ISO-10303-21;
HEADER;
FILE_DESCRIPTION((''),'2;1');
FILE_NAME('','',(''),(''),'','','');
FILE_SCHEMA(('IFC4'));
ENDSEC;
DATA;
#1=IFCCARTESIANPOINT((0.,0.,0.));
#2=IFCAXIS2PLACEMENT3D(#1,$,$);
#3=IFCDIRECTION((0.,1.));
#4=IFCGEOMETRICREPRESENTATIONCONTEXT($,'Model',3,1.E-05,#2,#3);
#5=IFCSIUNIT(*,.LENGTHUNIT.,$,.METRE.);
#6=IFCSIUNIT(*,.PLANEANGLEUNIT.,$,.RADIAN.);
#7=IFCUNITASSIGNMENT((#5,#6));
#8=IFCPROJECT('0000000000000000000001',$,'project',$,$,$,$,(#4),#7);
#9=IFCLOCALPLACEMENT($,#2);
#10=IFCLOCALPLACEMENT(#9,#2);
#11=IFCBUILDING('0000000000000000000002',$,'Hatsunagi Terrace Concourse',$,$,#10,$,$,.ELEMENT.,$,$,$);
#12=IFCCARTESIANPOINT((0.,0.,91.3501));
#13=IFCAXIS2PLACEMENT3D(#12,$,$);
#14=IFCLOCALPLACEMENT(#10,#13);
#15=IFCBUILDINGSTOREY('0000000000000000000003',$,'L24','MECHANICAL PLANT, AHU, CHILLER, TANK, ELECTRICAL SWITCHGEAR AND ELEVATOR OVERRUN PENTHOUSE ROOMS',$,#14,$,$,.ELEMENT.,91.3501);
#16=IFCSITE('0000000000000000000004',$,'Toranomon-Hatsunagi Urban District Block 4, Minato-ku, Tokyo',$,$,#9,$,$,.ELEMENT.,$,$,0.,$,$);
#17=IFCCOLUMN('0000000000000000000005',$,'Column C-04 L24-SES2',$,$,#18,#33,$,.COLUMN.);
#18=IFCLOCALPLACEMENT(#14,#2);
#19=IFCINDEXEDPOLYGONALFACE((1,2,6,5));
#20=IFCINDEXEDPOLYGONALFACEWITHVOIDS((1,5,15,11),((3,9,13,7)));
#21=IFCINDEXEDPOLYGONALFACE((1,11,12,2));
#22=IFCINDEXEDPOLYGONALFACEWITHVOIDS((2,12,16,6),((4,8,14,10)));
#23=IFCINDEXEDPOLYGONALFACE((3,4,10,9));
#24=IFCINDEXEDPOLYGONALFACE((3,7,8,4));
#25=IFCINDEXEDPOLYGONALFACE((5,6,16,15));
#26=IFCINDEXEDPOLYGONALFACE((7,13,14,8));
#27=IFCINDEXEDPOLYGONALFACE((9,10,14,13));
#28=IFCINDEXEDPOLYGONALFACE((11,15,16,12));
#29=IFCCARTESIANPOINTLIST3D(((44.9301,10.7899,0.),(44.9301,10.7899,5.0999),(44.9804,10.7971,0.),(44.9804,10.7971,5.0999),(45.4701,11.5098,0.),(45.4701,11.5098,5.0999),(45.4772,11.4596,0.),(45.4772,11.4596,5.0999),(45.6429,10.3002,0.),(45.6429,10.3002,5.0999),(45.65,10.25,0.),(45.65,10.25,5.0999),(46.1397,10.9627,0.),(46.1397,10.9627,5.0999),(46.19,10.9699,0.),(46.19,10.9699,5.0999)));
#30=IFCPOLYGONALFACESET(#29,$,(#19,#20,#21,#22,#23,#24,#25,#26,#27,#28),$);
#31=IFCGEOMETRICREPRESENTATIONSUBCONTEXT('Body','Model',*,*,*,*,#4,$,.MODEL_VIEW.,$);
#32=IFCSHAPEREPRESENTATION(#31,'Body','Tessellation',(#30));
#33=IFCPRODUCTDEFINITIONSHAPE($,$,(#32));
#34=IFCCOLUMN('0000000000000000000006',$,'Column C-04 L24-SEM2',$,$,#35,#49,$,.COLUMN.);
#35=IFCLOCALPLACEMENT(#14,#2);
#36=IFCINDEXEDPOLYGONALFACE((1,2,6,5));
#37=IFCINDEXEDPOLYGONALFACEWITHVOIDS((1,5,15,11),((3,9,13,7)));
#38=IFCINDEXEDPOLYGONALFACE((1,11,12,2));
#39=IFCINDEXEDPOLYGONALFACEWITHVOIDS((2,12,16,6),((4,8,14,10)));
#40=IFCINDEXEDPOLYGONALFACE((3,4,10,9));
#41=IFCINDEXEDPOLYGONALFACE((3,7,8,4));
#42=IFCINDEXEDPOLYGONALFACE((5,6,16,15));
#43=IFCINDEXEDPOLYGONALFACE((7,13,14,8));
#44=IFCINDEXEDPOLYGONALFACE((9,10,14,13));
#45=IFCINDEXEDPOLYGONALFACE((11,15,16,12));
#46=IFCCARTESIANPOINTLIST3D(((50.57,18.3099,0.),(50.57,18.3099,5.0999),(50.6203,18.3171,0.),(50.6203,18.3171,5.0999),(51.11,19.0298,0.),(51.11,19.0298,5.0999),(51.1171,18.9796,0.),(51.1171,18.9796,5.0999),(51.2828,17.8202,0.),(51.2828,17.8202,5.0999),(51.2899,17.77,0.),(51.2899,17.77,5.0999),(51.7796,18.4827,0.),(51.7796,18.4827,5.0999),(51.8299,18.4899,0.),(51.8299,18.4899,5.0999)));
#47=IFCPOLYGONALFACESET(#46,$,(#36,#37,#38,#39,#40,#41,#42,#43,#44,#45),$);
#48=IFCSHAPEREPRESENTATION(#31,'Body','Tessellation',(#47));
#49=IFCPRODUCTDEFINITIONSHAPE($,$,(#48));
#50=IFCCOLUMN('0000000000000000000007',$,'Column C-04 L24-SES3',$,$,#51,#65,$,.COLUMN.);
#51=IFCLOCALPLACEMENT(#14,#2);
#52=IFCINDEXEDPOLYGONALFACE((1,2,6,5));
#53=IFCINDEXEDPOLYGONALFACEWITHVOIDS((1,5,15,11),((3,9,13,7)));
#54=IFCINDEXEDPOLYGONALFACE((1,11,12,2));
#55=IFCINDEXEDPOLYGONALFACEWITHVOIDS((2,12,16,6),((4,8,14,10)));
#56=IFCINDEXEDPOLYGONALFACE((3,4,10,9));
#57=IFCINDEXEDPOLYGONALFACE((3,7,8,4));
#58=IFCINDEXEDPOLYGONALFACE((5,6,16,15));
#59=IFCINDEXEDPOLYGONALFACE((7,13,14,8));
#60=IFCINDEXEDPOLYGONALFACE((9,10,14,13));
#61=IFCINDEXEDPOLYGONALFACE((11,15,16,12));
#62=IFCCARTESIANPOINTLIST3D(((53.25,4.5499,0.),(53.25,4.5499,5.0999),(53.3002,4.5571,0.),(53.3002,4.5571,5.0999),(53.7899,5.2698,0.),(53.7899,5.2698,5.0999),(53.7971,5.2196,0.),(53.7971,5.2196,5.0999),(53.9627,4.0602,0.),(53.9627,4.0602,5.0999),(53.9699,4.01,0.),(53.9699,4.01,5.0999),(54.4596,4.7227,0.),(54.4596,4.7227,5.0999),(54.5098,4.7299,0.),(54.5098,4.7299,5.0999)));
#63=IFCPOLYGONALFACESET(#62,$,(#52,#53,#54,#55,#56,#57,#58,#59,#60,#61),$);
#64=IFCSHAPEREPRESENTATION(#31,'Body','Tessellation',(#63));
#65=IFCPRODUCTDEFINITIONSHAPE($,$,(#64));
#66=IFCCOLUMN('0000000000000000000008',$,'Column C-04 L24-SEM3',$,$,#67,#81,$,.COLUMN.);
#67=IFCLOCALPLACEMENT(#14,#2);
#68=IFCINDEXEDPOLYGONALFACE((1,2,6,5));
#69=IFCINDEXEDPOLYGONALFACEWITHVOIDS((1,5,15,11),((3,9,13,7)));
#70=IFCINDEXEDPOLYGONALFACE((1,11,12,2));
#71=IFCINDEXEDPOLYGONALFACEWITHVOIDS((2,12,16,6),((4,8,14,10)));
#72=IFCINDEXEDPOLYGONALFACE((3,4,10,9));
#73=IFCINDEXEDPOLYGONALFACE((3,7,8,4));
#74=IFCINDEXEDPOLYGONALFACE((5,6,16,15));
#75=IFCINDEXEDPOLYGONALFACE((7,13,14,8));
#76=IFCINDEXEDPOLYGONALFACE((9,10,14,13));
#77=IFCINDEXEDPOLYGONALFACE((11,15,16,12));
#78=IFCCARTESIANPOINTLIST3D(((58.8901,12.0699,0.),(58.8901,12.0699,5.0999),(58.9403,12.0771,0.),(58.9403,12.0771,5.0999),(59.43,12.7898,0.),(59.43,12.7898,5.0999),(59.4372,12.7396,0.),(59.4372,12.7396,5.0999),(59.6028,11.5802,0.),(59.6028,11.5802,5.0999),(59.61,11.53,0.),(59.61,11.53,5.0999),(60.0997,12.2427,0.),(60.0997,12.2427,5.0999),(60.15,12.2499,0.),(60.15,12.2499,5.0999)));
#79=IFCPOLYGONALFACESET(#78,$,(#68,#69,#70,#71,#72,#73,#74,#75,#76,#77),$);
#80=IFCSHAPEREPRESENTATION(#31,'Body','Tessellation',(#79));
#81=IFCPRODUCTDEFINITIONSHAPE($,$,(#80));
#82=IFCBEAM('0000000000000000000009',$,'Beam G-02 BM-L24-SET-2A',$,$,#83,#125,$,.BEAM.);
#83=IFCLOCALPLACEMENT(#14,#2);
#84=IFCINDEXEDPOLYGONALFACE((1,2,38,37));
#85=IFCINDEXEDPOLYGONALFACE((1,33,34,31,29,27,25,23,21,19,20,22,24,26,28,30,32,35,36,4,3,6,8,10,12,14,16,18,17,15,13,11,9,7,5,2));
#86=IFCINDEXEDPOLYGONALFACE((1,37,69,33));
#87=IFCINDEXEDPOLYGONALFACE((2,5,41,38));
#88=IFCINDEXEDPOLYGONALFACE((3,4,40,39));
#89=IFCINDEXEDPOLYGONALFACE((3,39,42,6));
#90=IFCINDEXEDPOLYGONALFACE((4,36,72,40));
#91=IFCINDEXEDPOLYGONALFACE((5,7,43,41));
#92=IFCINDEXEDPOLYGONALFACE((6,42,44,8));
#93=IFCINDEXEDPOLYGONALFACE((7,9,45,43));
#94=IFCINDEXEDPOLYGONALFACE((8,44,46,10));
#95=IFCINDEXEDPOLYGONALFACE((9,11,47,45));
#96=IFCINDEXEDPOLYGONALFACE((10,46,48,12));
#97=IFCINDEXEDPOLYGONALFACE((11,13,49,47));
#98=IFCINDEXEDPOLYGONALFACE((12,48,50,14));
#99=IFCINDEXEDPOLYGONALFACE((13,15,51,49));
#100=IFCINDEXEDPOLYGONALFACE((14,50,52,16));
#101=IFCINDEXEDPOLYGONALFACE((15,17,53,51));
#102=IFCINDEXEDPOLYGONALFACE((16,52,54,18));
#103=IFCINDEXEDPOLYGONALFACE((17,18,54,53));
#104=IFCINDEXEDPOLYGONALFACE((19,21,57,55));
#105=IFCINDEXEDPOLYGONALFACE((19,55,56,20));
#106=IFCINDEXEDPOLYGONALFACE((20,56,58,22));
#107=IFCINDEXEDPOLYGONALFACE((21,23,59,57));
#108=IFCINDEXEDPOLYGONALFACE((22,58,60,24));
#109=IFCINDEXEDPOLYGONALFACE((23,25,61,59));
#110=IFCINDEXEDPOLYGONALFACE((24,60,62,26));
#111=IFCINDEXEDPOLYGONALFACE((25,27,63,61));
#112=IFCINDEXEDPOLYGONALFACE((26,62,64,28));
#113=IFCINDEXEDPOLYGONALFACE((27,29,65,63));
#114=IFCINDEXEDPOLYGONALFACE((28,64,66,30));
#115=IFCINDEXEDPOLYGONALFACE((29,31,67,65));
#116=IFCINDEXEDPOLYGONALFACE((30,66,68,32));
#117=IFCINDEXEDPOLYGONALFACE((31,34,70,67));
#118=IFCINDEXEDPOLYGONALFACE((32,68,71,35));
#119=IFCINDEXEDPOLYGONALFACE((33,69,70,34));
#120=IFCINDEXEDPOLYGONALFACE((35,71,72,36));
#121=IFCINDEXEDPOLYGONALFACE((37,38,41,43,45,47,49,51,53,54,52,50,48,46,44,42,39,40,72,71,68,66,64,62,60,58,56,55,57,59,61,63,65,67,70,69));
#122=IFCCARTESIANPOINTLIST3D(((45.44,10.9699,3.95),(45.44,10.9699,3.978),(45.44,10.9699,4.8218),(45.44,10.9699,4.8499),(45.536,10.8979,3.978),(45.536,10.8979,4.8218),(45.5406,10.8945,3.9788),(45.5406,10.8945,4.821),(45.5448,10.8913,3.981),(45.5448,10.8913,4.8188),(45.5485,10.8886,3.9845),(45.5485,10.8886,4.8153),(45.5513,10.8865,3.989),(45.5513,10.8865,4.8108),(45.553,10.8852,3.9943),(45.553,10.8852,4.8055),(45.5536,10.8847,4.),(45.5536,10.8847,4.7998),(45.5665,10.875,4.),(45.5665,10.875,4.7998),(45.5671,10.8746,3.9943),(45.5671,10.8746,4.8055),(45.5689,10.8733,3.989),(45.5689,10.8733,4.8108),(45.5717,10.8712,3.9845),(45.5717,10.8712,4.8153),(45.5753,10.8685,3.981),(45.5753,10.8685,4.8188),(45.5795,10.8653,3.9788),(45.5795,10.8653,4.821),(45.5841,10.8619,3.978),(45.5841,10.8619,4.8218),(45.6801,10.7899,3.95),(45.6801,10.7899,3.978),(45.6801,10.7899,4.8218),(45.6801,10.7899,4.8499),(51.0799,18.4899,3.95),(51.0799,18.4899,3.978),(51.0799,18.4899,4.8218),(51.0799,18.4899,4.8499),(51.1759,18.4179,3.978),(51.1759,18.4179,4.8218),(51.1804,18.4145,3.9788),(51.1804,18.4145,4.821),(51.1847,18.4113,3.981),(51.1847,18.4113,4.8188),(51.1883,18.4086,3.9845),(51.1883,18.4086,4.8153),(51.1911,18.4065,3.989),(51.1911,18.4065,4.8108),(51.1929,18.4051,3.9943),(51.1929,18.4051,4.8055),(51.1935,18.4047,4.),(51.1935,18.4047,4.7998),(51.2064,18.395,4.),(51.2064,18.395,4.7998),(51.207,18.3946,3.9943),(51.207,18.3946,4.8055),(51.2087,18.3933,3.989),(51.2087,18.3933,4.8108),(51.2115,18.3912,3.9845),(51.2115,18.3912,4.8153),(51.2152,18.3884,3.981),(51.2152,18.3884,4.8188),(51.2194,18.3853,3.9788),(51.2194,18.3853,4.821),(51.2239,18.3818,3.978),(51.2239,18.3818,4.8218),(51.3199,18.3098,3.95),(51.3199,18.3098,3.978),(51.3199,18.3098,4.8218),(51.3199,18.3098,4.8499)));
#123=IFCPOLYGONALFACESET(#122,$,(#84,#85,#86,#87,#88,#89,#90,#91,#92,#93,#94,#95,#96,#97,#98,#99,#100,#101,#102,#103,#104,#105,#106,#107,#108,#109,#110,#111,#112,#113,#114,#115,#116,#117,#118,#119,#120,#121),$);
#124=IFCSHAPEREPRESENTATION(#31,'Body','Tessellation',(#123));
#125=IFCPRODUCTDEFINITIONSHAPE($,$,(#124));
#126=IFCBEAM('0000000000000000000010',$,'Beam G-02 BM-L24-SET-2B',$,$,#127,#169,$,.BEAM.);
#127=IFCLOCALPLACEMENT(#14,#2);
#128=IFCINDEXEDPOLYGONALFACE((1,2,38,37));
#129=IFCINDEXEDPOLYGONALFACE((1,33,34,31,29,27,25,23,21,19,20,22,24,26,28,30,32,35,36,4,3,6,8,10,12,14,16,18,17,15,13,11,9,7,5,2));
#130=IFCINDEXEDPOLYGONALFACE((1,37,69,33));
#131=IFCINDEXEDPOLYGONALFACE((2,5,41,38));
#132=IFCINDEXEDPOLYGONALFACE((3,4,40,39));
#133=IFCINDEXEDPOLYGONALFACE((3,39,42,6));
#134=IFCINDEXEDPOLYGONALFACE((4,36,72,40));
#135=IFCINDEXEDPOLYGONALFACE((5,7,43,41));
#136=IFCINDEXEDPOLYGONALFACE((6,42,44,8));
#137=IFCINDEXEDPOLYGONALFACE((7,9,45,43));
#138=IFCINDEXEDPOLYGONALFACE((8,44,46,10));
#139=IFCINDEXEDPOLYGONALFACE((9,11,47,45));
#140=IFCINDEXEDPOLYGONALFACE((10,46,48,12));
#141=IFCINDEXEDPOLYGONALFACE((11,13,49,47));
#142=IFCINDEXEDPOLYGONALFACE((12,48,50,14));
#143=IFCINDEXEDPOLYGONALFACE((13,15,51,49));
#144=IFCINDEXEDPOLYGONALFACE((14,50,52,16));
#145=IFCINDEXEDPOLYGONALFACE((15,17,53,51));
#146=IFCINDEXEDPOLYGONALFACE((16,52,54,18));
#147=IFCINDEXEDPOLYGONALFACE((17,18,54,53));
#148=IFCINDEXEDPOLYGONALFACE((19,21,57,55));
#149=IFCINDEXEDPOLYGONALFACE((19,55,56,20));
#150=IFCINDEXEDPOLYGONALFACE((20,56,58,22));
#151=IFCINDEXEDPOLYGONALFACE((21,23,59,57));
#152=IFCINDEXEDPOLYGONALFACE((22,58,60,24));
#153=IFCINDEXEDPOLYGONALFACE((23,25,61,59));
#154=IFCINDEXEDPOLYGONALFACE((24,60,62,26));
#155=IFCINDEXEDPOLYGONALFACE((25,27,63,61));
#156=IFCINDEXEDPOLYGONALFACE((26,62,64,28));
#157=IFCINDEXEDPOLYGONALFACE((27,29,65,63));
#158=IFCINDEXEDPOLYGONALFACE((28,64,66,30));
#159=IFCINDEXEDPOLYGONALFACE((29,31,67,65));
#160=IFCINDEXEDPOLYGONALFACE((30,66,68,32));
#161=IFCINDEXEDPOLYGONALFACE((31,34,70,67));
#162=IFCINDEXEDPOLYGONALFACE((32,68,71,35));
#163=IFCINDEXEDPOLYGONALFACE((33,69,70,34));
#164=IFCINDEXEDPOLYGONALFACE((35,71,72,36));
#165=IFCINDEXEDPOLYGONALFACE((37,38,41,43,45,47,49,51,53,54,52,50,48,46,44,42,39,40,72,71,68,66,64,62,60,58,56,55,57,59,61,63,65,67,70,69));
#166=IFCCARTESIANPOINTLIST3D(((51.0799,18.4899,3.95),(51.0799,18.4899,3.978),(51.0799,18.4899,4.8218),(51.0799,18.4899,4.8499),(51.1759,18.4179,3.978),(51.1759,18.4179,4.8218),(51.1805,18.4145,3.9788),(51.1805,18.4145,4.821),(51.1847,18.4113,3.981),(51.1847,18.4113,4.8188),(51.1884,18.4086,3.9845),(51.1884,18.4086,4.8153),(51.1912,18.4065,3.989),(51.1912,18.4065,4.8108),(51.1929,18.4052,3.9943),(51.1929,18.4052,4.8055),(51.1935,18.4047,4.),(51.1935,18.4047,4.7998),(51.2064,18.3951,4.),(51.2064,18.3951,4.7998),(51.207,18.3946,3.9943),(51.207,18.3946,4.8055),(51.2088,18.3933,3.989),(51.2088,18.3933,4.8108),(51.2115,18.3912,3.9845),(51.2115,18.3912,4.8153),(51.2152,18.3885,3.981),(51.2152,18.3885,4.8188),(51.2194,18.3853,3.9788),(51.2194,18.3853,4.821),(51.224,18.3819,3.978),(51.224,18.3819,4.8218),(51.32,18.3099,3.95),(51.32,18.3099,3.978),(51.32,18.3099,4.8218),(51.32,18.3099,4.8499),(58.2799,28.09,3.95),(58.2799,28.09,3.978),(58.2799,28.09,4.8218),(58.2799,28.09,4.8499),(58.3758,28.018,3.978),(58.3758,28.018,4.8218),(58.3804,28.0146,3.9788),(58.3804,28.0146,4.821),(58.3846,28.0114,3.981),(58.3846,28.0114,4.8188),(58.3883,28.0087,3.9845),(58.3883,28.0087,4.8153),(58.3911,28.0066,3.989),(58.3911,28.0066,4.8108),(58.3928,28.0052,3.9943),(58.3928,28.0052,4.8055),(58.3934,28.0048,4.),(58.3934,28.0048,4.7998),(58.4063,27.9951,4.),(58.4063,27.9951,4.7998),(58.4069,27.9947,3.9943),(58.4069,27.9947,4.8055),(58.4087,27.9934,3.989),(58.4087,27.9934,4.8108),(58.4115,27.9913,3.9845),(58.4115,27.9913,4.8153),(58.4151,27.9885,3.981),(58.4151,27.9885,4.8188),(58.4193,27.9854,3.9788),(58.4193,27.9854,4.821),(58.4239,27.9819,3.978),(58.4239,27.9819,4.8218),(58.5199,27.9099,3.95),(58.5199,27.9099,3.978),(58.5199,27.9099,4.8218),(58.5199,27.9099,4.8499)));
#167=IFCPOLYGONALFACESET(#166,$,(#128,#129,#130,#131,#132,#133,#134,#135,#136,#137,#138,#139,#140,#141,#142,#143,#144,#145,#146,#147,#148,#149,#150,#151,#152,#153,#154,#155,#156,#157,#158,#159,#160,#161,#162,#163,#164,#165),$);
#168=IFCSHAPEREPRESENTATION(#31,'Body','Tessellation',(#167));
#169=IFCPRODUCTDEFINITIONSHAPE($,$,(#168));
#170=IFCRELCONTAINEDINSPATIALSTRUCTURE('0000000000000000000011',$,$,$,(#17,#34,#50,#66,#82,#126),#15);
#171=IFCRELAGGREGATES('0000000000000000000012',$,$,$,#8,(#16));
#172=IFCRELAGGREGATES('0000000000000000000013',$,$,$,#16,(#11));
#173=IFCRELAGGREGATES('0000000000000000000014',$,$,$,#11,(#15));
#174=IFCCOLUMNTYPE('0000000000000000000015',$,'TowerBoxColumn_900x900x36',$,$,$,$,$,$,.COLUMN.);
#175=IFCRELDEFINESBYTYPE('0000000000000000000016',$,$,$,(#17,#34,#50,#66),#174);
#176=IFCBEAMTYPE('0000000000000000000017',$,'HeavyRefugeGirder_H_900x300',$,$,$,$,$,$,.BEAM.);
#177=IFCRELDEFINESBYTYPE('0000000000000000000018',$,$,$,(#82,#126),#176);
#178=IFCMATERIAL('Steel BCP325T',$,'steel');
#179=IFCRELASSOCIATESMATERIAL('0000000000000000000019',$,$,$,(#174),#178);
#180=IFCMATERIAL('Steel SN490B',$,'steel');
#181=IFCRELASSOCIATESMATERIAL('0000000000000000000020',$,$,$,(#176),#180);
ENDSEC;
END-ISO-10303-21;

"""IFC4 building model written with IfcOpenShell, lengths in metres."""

from ifc_helpers import new_model, si_unit, direction, frame, origin, origin_2d, place, context, subcontext, project, spatial, hollow_rectangle, i_section, extrude, material, material_profile, profile_set, type_object, element, save


model = new_model("IFC4")

# Units and contexts
model_context = context("Model", 3, precision=1e-05, world=origin(), true_north=direction((0.0, 1.0)))
body_context = subcontext(model_context, "Body", "Model", "MODEL_VIEW")
ifc_project = project(units=[si_unit("LENGTHUNIT", "METRE"), si_unit("PLANEANGLEUNIT", "RADIAN")], contexts=[model_context])

# Site, building, storey
site_placement = place(None, origin())
site = spatial("IfcSite", under=ifc_project, at=site_placement, Name="Toranomon-Hatsunagi Urban District Block 4, Minato-ku, Tokyo", CompositionType="ELEMENT", RefElevation=0.0)
building_placement = place(site_placement, origin())
building = spatial("IfcBuilding", under=site, at=building_placement, Name="Hatsunagi Terrace Concourse", CompositionType="ELEMENT")
storey_placement = place(building_placement, frame((0.0, 0.0, 91.3501)))
storey = spatial("IfcBuildingStorey", under=building, at=storey_placement, Name="L24", Description="MECHANICAL PLANT, AHU, CHILLER, TANK, ELECTRICAL SWITCHGEAR AND ELEVATOR OVERRUN PENTHOUSE ROOMS", CompositionType="ELEMENT", Elevation=91.3501)

# Columns
ifc_material_1 = material(Name="Steel BCP325T", Category="steel")
ifc_material_profile_1 = material_profile(ifc_material_1, hollow_rectangle(XDim=0.8999, YDim=0.8999, WallThickness=0.0359, at=origin_2d()), Name="BCP-900x900x36")
ifc_profile_set_1 = profile_set([ifc_material_profile_1], Name="Steel BCP325T")
column_type = type_object("IfcColumnType", Name="TowerBoxColumn_900x900x36", PredefinedType="COLUMN", material=ifc_profile_set_1)
for number, where, z_axis, x_axis, name in (
    (1, (45.5601, 10.8799, 0.0), (0.0, 0.0, 1.0), (0.8, -0.6, 0.0), "Column C-04 L24-SES2"),
    (2, (51.2, 18.3999, 0.0), (0.0, 0.0, 1.0), (0.8, -0.6, 0.0), "Column C-04 L24-SEM2"),
    (3, (53.8799, 4.6399, 0.0), (0.0, 0.0, 1.0), (0.8, -0.6, 0.0), "Column C-04 L24-SES3"),
    (4, (59.52, 12.1599, 0.0), (0.0, 0.0, 1.0), (0.8, -0.6, 0.0), "Column C-04 L24-SEM3"),
):
    element("IfcColumn", number, at=place(storey_placement, frame(where, z_axis=z_axis, x_axis=x_axis)), inside=storey, type_object=column_type, Name=name, PredefinedType="COLUMN", context=body_context, shape_type="SweptSolid", body=[
        extrude(hollow_rectangle(XDim=0.8999, YDim=0.8999, WallThickness=0.0359, at=origin_2d()), origin(), (0.0, 0.0, 1.0), 5.0999),
    ])

# Beams
ifc_material_2 = material(Name="Steel SN490B", Category="steel")
ifc_material_profile_2 = material_profile(ifc_material_2, i_section(OverallWidth=0.3, OverallDepth=0.8999, WebThickness=0.0161, FlangeThickness=0.0281, FilletRadius=0.022, at=origin_2d()), Name="H-900x300x16x28")
ifc_profile_set_2 = profile_set([ifc_material_profile_2], Name="Steel SN490B")
beam_type_1 = type_object("IfcBeamType", Name="HeavyRefugeGirder_H_900x300", PredefinedType="BEAM", material=ifc_profile_set_2)
beam_1_placement = place(storey_placement, frame((45.5601, 10.8799, 4.3999), z_axis=(0.599992, 0.800006, 0.0), x_axis=(-0.800006, 0.599992, 0.0)))
element("IfcBeam", 5, at=beam_1_placement, inside=storey, type_object=beam_type_1, Name="Beam G-02 BM-L24-SET-2A", PredefinedType="BEAM", context=body_context, shape_type="SweptSolid", body=[
    extrude(i_section(OverallWidth=0.3, OverallDepth=0.8999, WebThickness=0.0161, FlangeThickness=0.0281, FilletRadius=0.022, at=origin_2d()), origin(), (0.0, 0.0, 1.0), 9.3999),
])
beam_2_placement = place(storey_placement, frame((51.2, 18.3999, 4.3999), z_axis=(0.599993, 0.800005, 0.0), x_axis=(-0.800005, 0.599993, 0.0)))
element("IfcBeam", 6, at=beam_2_placement, inside=storey, type_object=beam_type_1, Name="Beam G-02 BM-L24-SET-2B", PredefinedType="BEAM", context=body_context, shape_type="SweptSolid", body=[
    extrude(i_section(OverallWidth=0.3, OverallDepth=0.8999, WebThickness=0.0161, FlangeThickness=0.0281, FilletRadius=0.022, at=origin_2d()), origin(), (0.0, 0.0, 1.0), 12.0),
])

save(model, "model.ifc")
